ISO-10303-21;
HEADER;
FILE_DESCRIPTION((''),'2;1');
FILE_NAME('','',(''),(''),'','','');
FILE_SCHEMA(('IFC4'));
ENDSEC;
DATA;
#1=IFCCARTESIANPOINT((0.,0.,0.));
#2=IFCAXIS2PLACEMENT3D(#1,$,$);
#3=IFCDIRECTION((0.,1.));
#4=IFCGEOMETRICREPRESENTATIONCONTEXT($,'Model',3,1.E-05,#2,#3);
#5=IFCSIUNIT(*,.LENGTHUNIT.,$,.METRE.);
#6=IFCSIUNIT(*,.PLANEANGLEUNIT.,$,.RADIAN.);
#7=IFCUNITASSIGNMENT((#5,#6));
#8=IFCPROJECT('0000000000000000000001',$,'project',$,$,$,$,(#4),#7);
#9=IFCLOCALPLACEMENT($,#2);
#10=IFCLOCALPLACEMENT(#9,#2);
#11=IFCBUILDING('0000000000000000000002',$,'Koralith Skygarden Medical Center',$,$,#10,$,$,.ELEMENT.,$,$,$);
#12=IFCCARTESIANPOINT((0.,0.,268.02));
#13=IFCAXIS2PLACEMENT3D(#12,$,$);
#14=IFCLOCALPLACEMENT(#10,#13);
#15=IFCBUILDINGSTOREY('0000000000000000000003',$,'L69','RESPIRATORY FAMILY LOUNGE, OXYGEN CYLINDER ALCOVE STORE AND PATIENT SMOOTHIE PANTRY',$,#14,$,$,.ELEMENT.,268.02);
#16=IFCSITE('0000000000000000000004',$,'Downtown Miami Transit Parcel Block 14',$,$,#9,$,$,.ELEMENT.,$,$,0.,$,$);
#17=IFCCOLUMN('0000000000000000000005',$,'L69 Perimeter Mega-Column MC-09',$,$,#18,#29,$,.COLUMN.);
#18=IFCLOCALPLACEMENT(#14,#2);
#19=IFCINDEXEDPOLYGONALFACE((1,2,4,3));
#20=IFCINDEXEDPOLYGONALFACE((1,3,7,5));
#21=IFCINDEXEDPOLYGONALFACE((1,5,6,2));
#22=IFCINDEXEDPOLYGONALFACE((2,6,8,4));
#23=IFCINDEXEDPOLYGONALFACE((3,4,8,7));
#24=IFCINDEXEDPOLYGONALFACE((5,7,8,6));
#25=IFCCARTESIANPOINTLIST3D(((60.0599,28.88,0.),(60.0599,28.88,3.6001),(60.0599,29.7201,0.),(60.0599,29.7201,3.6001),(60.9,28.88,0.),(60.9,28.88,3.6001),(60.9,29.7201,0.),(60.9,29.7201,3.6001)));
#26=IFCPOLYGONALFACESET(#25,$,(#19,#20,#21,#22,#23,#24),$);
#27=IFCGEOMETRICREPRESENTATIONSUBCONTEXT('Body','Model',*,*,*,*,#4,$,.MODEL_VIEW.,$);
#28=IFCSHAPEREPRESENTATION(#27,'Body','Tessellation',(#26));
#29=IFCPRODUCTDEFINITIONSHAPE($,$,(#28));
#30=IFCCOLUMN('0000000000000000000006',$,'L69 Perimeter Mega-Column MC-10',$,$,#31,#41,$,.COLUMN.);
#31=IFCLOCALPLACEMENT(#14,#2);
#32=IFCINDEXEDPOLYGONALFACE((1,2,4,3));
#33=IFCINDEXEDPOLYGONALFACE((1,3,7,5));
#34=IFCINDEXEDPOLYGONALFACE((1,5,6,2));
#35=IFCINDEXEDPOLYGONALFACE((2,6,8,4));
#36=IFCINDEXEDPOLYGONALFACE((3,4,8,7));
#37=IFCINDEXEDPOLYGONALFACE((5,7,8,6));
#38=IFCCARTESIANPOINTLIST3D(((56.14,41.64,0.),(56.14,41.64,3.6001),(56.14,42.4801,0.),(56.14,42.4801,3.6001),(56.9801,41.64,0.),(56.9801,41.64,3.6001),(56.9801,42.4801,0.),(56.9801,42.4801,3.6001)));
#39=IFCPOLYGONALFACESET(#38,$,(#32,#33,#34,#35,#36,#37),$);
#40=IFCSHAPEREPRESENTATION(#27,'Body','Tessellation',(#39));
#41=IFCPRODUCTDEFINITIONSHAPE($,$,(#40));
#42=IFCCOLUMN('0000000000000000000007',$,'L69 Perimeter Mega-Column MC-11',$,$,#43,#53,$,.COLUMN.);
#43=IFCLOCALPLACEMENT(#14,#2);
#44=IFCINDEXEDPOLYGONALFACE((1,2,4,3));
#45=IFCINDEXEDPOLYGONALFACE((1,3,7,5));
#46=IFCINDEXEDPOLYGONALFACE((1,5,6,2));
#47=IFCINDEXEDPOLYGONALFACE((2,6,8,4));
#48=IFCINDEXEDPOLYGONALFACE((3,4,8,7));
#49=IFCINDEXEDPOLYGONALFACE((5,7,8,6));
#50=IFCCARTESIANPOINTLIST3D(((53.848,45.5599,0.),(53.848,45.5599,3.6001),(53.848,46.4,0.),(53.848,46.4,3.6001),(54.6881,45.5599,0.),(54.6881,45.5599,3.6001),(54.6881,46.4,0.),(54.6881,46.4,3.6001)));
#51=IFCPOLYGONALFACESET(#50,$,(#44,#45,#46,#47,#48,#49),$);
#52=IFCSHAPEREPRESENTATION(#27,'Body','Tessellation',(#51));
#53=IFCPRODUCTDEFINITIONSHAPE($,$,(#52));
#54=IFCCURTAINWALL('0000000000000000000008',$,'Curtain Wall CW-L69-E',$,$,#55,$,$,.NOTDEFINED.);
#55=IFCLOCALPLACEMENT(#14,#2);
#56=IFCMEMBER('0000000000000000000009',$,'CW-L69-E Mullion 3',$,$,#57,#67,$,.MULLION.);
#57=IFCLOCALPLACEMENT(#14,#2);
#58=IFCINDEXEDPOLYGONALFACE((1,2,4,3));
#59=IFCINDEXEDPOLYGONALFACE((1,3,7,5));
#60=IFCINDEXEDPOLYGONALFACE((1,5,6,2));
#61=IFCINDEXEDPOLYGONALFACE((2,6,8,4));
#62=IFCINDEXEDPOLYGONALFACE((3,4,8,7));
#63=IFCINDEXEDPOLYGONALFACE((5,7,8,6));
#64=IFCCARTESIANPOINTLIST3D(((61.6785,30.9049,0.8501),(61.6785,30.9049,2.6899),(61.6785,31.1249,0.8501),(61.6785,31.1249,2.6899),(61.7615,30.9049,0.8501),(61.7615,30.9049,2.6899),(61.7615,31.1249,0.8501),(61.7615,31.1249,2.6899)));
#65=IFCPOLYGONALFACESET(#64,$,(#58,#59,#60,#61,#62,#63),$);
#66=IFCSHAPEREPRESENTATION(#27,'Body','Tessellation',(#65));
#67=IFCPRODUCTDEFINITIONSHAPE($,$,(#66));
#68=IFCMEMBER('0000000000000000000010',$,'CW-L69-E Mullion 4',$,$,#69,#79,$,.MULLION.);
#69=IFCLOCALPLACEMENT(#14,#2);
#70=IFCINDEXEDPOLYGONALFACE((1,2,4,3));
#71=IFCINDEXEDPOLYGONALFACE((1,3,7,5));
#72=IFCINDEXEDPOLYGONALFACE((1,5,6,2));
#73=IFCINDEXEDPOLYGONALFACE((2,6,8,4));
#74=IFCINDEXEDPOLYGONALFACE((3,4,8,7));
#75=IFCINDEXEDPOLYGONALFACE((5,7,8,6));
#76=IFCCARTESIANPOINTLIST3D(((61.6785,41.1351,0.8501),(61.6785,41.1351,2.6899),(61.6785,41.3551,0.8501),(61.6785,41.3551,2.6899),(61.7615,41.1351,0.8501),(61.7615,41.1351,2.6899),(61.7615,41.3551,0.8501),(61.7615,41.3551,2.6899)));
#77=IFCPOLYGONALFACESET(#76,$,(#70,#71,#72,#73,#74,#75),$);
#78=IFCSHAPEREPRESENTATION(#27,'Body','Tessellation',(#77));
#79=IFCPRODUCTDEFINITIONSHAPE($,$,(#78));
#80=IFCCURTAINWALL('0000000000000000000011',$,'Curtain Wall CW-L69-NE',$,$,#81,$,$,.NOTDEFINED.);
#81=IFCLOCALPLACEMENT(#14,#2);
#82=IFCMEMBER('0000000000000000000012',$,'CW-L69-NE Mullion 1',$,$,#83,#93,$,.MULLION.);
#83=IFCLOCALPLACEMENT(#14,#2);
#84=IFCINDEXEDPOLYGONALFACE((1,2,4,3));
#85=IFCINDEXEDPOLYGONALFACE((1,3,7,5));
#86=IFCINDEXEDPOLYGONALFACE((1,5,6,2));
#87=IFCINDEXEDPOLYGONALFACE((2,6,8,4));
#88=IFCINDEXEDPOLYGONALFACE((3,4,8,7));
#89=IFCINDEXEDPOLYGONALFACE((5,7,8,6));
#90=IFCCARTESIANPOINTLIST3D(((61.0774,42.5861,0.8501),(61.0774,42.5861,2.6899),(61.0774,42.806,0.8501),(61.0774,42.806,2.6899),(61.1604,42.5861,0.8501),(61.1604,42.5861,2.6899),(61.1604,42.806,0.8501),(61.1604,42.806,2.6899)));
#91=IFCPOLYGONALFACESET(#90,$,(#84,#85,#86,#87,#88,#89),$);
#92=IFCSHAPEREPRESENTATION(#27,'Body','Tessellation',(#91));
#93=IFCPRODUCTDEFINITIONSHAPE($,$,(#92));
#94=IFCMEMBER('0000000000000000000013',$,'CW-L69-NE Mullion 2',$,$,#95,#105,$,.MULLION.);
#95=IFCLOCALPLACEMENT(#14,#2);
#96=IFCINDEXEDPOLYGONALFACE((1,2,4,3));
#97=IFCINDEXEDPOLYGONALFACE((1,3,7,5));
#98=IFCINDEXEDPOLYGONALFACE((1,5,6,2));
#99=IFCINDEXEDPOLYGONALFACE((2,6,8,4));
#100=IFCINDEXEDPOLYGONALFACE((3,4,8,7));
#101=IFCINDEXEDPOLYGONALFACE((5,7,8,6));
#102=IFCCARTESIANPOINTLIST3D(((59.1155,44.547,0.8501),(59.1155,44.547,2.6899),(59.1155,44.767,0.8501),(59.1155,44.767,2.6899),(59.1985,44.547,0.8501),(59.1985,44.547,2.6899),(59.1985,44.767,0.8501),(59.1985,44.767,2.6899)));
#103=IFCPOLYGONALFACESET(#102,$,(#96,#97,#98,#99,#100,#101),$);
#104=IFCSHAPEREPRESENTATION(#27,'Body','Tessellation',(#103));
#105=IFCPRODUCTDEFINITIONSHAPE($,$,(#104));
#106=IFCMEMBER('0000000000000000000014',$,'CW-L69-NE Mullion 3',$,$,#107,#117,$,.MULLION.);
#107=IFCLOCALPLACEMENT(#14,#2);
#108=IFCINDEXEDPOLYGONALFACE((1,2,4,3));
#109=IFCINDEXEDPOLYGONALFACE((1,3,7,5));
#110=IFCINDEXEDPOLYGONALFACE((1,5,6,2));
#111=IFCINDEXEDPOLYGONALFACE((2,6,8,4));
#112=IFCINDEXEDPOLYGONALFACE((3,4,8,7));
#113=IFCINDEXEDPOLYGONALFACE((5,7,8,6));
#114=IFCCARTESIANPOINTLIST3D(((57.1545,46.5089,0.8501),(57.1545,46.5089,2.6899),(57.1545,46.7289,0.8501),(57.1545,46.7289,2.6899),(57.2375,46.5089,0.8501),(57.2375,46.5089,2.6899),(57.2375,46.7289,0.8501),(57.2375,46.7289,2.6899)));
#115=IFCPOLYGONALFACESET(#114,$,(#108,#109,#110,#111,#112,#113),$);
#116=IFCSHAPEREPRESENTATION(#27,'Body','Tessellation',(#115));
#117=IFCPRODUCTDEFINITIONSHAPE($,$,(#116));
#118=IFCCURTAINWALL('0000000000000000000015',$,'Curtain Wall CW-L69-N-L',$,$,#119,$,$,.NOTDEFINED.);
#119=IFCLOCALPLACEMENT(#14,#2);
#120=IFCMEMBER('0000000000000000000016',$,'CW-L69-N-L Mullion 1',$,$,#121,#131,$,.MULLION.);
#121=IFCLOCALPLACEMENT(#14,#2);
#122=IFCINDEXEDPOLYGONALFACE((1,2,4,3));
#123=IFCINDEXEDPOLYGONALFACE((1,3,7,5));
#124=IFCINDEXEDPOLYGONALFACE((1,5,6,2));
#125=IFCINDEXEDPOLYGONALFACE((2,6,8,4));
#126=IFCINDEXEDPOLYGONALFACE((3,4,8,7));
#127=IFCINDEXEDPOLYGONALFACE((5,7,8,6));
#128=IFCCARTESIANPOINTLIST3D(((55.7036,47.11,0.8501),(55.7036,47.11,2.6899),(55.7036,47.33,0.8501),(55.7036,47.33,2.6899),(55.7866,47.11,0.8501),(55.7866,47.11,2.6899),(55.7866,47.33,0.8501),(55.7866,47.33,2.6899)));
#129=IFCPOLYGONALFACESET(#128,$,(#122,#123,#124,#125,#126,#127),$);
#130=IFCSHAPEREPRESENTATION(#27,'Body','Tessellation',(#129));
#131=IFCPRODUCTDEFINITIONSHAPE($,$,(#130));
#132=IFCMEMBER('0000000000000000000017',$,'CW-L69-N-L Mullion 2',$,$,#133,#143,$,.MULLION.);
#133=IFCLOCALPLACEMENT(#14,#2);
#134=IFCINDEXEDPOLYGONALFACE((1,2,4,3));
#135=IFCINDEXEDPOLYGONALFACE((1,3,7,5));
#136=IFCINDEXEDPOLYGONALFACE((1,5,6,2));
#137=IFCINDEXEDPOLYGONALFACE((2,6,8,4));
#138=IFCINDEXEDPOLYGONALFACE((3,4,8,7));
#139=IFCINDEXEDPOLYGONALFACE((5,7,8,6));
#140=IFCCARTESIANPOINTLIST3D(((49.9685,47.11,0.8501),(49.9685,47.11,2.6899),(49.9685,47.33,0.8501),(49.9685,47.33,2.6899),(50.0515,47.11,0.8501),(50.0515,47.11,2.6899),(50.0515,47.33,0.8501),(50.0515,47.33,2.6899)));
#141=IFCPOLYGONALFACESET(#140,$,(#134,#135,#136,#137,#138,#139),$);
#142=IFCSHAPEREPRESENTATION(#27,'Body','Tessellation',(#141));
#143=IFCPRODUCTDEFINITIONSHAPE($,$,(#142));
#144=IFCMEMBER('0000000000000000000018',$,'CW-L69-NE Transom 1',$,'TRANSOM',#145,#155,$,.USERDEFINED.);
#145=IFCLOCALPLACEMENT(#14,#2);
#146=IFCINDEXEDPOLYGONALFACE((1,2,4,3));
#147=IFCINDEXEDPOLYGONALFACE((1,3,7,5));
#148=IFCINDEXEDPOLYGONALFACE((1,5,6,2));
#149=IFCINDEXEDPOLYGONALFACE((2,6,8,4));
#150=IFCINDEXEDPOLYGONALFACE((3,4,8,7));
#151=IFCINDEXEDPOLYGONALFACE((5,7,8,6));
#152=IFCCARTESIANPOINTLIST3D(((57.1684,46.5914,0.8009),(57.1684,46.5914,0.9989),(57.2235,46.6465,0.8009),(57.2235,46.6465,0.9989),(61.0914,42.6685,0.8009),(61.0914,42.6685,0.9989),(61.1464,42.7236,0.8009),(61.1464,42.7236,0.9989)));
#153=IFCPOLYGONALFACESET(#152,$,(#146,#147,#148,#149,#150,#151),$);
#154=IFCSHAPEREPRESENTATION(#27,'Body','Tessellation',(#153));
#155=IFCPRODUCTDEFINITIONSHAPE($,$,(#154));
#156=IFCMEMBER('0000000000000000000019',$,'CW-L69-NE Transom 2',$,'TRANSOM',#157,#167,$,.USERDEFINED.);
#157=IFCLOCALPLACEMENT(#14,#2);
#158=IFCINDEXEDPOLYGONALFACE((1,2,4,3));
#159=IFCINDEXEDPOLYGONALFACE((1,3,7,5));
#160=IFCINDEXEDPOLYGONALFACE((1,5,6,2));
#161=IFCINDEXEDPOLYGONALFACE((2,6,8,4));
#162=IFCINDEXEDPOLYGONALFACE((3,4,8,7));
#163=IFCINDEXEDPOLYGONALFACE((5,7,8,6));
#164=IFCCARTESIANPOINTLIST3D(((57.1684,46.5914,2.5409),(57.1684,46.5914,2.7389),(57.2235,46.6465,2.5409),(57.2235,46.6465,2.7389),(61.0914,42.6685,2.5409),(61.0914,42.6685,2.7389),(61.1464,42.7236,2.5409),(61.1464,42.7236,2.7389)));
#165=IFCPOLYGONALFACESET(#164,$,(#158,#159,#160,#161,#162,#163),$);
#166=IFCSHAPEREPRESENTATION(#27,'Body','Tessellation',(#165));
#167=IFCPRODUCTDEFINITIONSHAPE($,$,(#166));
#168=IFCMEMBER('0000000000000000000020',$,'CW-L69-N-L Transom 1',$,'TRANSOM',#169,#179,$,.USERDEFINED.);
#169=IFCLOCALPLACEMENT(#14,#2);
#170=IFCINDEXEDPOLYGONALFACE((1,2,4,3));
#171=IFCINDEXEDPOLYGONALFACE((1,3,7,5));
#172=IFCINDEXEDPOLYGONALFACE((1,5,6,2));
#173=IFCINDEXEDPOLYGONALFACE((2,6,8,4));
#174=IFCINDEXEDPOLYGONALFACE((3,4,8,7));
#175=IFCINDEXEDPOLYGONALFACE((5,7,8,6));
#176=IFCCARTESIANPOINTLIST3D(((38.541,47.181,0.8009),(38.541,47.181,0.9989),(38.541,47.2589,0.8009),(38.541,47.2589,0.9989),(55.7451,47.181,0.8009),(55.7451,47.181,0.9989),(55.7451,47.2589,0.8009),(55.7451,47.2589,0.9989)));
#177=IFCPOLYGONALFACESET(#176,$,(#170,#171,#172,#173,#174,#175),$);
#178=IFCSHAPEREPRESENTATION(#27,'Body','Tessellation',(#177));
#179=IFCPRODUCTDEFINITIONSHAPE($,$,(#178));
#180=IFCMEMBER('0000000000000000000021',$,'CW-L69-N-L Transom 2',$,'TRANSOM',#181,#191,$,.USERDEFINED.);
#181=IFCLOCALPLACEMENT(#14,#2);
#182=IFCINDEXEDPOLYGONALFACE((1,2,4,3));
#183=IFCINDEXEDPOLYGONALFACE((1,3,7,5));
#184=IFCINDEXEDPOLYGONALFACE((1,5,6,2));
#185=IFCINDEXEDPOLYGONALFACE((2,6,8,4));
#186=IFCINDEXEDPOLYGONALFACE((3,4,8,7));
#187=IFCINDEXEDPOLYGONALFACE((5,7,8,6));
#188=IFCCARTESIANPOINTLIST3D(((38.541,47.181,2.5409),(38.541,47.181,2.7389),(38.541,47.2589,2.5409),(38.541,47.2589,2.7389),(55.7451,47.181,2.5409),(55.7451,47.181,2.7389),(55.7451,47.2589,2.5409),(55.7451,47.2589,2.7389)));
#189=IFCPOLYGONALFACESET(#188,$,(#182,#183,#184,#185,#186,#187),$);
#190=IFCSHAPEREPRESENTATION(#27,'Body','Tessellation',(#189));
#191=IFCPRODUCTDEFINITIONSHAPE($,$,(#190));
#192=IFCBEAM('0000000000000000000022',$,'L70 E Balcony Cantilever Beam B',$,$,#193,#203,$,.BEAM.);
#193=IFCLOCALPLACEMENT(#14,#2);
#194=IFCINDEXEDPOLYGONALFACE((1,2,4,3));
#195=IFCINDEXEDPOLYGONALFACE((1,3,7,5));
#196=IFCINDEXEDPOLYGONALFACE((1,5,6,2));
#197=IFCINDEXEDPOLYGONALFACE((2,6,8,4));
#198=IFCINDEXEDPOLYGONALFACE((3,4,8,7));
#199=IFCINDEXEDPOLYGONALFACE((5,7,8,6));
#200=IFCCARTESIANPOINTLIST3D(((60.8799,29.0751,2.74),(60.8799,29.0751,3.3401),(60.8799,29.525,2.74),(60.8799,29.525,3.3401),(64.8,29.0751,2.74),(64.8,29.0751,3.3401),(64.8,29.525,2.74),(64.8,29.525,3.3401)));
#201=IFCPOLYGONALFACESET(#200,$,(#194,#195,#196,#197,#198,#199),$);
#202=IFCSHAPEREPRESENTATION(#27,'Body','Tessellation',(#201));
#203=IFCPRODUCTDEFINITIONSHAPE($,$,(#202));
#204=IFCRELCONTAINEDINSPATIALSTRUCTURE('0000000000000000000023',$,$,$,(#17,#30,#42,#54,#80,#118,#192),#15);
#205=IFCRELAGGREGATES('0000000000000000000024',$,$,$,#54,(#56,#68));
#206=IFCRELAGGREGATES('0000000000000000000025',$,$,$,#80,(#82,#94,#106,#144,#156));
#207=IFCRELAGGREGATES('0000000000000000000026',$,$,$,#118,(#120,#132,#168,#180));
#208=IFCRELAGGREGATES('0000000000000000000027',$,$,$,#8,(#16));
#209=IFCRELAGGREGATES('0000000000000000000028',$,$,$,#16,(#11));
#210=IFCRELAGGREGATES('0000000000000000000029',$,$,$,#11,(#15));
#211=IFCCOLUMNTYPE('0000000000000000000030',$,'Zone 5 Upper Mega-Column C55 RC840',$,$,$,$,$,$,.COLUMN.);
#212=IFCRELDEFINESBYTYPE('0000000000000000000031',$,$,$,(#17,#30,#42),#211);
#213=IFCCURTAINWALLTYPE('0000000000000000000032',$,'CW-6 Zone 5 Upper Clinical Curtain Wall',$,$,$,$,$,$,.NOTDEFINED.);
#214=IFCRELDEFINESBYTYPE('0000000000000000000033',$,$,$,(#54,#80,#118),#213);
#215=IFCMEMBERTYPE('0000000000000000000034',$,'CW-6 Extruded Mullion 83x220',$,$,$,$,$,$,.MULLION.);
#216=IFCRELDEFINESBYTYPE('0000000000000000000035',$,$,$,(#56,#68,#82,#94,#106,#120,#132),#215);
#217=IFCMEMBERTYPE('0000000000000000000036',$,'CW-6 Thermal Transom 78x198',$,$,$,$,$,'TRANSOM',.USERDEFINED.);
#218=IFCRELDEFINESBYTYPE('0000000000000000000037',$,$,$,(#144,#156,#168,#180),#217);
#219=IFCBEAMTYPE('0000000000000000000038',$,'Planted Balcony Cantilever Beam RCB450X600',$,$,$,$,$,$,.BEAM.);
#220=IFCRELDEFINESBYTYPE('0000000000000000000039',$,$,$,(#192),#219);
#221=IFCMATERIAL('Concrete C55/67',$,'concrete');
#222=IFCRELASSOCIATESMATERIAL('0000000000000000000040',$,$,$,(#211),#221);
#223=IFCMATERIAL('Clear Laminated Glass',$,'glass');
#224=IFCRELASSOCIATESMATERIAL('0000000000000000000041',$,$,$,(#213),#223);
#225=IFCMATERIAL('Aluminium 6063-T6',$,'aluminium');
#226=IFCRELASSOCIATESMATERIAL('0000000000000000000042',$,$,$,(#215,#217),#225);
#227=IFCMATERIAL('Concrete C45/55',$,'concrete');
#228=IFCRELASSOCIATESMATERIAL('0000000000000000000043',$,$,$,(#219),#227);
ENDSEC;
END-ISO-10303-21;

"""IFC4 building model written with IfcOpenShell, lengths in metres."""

from ifc_helpers import new_model, si_unit, direction, frame, origin, origin_2d, place, context, subcontext, project, spatial, rectangle, extrude, material, material_profile, profile_set, type_object, element, aggregate, save


model = new_model("IFC4")

# Units and contexts
model_context = context("Model", 3, precision=1e-05, world=origin(), true_north=direction((0.0, 1.0)))
body_context = subcontext(model_context, "Body", "Model", "MODEL_VIEW")
ifc_project = project(units=[si_unit("LENGTHUNIT", "METRE"), si_unit("PLANEANGLEUNIT", "RADIAN")], contexts=[model_context])

# Site, building, storey
site_placement = place(None, origin())
site = spatial("IfcSite", under=ifc_project, at=site_placement, Name="Downtown Miami Transit Parcel Block 14", CompositionType="ELEMENT", RefElevation=0.0)
building_placement = place(site_placement, origin())
building = spatial("IfcBuilding", under=site, at=building_placement, Name="Koralith Skygarden Medical Center", CompositionType="ELEMENT")
storey_placement = place(building_placement, frame((0.0, 0.0, 268.02)))
storey = spatial("IfcBuildingStorey", under=building, at=storey_placement, Name="L69", Description="RESPIRATORY FAMILY LOUNGE, OXYGEN CYLINDER ALCOVE STORE AND PATIENT SMOOTHIE PANTRY", CompositionType="ELEMENT", Elevation=268.02)

# Columns
ifc_material_1 = material(Name="Concrete C55/67", Category="concrete")
ifc_material_profile_1 = material_profile(ifc_material_1, rectangle(XDim=0.8401, YDim=0.8401, at=origin_2d()), Name="RC840X840")
ifc_profile_set_1 = profile_set([ifc_material_profile_1], Name="Concrete C55/67")
column_type = type_object("IfcColumnType", Name="Zone 5 Upper Mega-Column C55 RC840", PredefinedType="COLUMN", material=ifc_profile_set_1)
for number, where, z_axis, x_axis, name in (
    (1, (60.48, 29.3, 0.0), (0.0, 0.0, 1.0), (1.0, 0.0, 0.0), "L69 Perimeter Mega-Column MC-09"),
    (2, (56.5601, 42.0601, 0.0), (0.0, 0.0, 1.0), (1.0, 0.0, 0.0), "L69 Perimeter Mega-Column MC-10"),
    (3, (54.2681, 45.98, 0.0), (0.0, 0.0, 1.0), (1.0, 0.0, 0.0), "L69 Perimeter Mega-Column MC-11"),
):
    element("IfcColumn", number, at=place(storey_placement, frame(where, z_axis=z_axis, x_axis=x_axis)), inside=storey, type_object=column_type, Name=name, PredefinedType="COLUMN", context=body_context, shape_type="SweptSolid", body=[
        extrude(rectangle(XDim=0.8401, YDim=0.8401, at=origin_2d()), origin(), (0.0, 0.0, 1.0), 3.6001),
    ])

# Curtain walls, members
ifc_material_2 = material(Name="Clear Laminated Glass", Category="glass")
curtain_wall_type = type_object("IfcCurtainWallType", Name="CW-6 Zone 5 Upper Clinical Curtain Wall", PredefinedType="NOTDEFINED", material=ifc_material_2)
curtain_wall_1_placement = place(storey_placement, origin())
curtain_wall_1 = element("IfcCurtainWall", 4, at=curtain_wall_1_placement, inside=storey, type_object=curtain_wall_type, Name="Curtain Wall CW-L69-E", PredefinedType="NOTDEFINED")
ifc_material_3 = material(Name="Aluminium 6063-T6", Category="aluminium")
ifc_material_profile_2 = material_profile(ifc_material_3, rectangle(XDim=0.083, YDim=0.22, at=origin_2d()), Name="MUL83X220")
ifc_profile_set_2 = profile_set([ifc_material_profile_2], Name="Aluminium 6063-T6")
member_type_1 = type_object("IfcMemberType", Name="CW-6 Extruded Mullion 83x220", PredefinedType="MULLION", material=ifc_profile_set_2)
member_1_placement = place(storey_placement, frame((61.72, 31.0149, 0.8501), z_axis=(0.0, 0.0, 1.0), x_axis=(1.0, 0.0, 0.0)))
member_1 = element("IfcMember", 5, at=member_1_placement, type_object=member_type_1, Name="CW-L69-E Mullion 3", PredefinedType="MULLION", context=body_context, shape_type="SweptSolid", body=[
    extrude(rectangle(XDim=0.083, YDim=0.22, at=origin_2d()), origin(), (0.0, 0.0, 1.0), 1.8398),
])
member_2_placement = place(storey_placement, frame((61.72, 41.2451, 0.8501), z_axis=(0.0, 0.0, 1.0), x_axis=(1.0, 0.0, 0.0)))
member_2 = element("IfcMember", 6, at=member_2_placement, type_object=member_type_1, Name="CW-L69-E Mullion 4", PredefinedType="MULLION", context=body_context, shape_type="SweptSolid", body=[
    extrude(rectangle(XDim=0.083, YDim=0.22, at=origin_2d()), origin(), (0.0, 0.0, 1.0), 1.8398),
])
curtain_wall_2_placement = place(storey_placement, origin())
curtain_wall_2 = element("IfcCurtainWall", 7, at=curtain_wall_2_placement, inside=storey, type_object=curtain_wall_type, Name="Curtain Wall CW-L69-NE", PredefinedType="NOTDEFINED")
member_3_placement = place(storey_placement, frame((61.1189, 42.696, 0.8501), z_axis=(0.0, 0.0, 1.0), x_axis=(1.0, 0.0, 0.0)))
member_3 = element("IfcMember", 8, at=member_3_placement, type_object=member_type_1, Name="CW-L69-NE Mullion 1", PredefinedType="MULLION", context=body_context, shape_type="SweptSolid", body=[
    extrude(rectangle(XDim=0.083, YDim=0.22, at=origin_2d()), origin(), (0.0, 0.0, 1.0), 1.8398),
])
member_4_placement = place(storey_placement, frame((59.157, 44.657, 0.8501), z_axis=(0.0, 0.0, 1.0), x_axis=(1.0, 0.0, 0.0)))
member_4 = element("IfcMember", 9, at=member_4_placement, type_object=member_type_1, Name="CW-L69-NE Mullion 2", PredefinedType="MULLION", context=body_context, shape_type="SweptSolid", body=[
    extrude(rectangle(XDim=0.083, YDim=0.22, at=origin_2d()), origin(), (0.0, 0.0, 1.0), 1.8398),
])
member_5_placement = place(storey_placement, frame((57.196, 46.6189, 0.8501), z_axis=(0.0, 0.0, 1.0), x_axis=(1.0, 0.0, 0.0)))
member_5 = element("IfcMember", 10, at=member_5_placement, type_object=member_type_1, Name="CW-L69-NE Mullion 3", PredefinedType="MULLION", context=body_context, shape_type="SweptSolid", body=[
    extrude(rectangle(XDim=0.083, YDim=0.22, at=origin_2d()), origin(), (0.0, 0.0, 1.0), 1.8398),
])
curtain_wall_3_placement = place(storey_placement, origin())
curtain_wall_3 = element("IfcCurtainWall", 11, at=curtain_wall_3_placement, inside=storey, type_object=curtain_wall_type, Name="Curtain Wall CW-L69-N-L", PredefinedType="NOTDEFINED")
member_6_placement = place(storey_placement, frame((55.7451, 47.22, 0.8501), z_axis=(0.0, 0.0, 1.0), x_axis=(1.0, 0.0, 0.0)))
member_6 = element("IfcMember", 12, at=member_6_placement, type_object=member_type_1, Name="CW-L69-N-L Mullion 1", PredefinedType="MULLION", context=body_context, shape_type="SweptSolid", body=[
    extrude(rectangle(XDim=0.083, YDim=0.22, at=origin_2d()), origin(), (0.0, 0.0, 1.0), 1.8398),
])
member_7_placement = place(storey_placement, frame((50.01, 47.22, 0.8501), z_axis=(0.0, 0.0, 1.0), x_axis=(1.0, 0.0, 0.0)))
member_7 = element("IfcMember", 13, at=member_7_placement, type_object=member_type_1, Name="CW-L69-N-L Mullion 2", PredefinedType="MULLION", context=body_context, shape_type="SweptSolid", body=[
    extrude(rectangle(XDim=0.083, YDim=0.22, at=origin_2d()), origin(), (0.0, 0.0, 1.0), 1.8398),
])

# Members
ifc_material_profile_3 = material_profile(ifc_material_3, rectangle(XDim=0.0779, YDim=0.198, at=origin_2d()), Name="TRN78X198")
ifc_profile_set_3 = profile_set([ifc_material_profile_3], Name="Aluminium 6063-T6")
member_type_2 = type_object("IfcMemberType", Name="CW-6 Thermal Transom 78x198", ElementType="TRANSOM", PredefinedType="USERDEFINED", material=ifc_profile_set_3)
member_8_placement = place(storey_placement, frame((61.1189, 42.696, 0.8999), z_axis=(-0.707107, 0.707107, 0.0), x_axis=(-0.707107, -0.707107, 0.0)))
member_8 = element("IfcMember", 14, at=member_8_placement, type_object=member_type_2, Name="CW-L69-NE Transom 1", ObjectType="TRANSOM", PredefinedType="USERDEFINED", context=body_context, shape_type="SweptSolid", body=[
    extrude(rectangle(XDim=0.0779, YDim=0.198, at=origin_2d()), origin(), (0.0, 0.0, 1.0), 5.5479),
])
member_9_placement = place(storey_placement, frame((61.1189, 42.696, 2.6399), z_axis=(-0.707107, 0.707107, 0.0), x_axis=(-0.707107, -0.707107, 0.0)))
member_9 = element("IfcMember", 15, at=member_9_placement, type_object=member_type_2, Name="CW-L69-NE Transom 2", ObjectType="TRANSOM", PredefinedType="USERDEFINED", context=body_context, shape_type="SweptSolid", body=[
    extrude(rectangle(XDim=0.0779, YDim=0.198, at=origin_2d()), origin(), (0.0, 0.0, 1.0), 5.5479),
])
member_10_placement = place(storey_placement, frame((55.7451, 47.22, 0.8999), z_axis=(-1.0, 0.0, 0.0), x_axis=(0.0, -1.0, 0.0)))
member_10 = element("IfcMember", 16, at=member_10_placement, type_object=member_type_2, Name="CW-L69-N-L Transom 1", ObjectType="TRANSOM", PredefinedType="USERDEFINED", context=body_context, shape_type="SweptSolid", body=[
    extrude(rectangle(XDim=0.0779, YDim=0.198, at=origin_2d()), origin(), (0.0, 0.0, 1.0), 17.2041),
])
member_11_placement = place(storey_placement, frame((55.7451, 47.22, 2.6399), z_axis=(-1.0, 0.0, 0.0), x_axis=(0.0, -1.0, 0.0)))
member_11 = element("IfcMember", 17, at=member_11_placement, type_object=member_type_2, Name="CW-L69-N-L Transom 2", ObjectType="TRANSOM", PredefinedType="USERDEFINED", context=body_context, shape_type="SweptSolid", body=[
    extrude(rectangle(XDim=0.0779, YDim=0.198, at=origin_2d()), origin(), (0.0, 0.0, 1.0), 17.2041),
])

# Beam
ifc_material_4 = material(Name="Concrete C45/55", Category="concrete")
ifc_material_profile_4 = material_profile(ifc_material_4, rectangle(XDim=0.45, YDim=0.6001, at=origin_2d()), Name="RCB450X600")
ifc_profile_set_4 = profile_set([ifc_material_profile_4], Name="Concrete C45/55")
beam_type_1 = type_object("IfcBeamType", Name="Planted Balcony Cantilever Beam RCB450X600", PredefinedType="BEAM", material=ifc_profile_set_4)
beam_1_placement = place(storey_placement, frame((60.8799, 29.3, 3.04), z_axis=(1.0, 0.0, 0.0), x_axis=(0.0, 1.0, 0.0)))
element("IfcBeam", 18, at=beam_1_placement, inside=storey, type_object=beam_type_1, Name="L70 E Balcony Cantilever Beam B", PredefinedType="BEAM", context=body_context, shape_type="SweptSolid", body=[
    extrude(rectangle(XDim=0.45, YDim=0.6001, at=origin_2d()), origin(), (0.0, 0.0, 1.0), 3.9202),
])

aggregate(curtain_wall_1, [member_1, member_2])
aggregate(curtain_wall_2, [member_3, member_4, member_5, member_8, member_9])
aggregate(curtain_wall_3, [member_6, member_7, member_10, member_11])

save(model, "model.ifc")
